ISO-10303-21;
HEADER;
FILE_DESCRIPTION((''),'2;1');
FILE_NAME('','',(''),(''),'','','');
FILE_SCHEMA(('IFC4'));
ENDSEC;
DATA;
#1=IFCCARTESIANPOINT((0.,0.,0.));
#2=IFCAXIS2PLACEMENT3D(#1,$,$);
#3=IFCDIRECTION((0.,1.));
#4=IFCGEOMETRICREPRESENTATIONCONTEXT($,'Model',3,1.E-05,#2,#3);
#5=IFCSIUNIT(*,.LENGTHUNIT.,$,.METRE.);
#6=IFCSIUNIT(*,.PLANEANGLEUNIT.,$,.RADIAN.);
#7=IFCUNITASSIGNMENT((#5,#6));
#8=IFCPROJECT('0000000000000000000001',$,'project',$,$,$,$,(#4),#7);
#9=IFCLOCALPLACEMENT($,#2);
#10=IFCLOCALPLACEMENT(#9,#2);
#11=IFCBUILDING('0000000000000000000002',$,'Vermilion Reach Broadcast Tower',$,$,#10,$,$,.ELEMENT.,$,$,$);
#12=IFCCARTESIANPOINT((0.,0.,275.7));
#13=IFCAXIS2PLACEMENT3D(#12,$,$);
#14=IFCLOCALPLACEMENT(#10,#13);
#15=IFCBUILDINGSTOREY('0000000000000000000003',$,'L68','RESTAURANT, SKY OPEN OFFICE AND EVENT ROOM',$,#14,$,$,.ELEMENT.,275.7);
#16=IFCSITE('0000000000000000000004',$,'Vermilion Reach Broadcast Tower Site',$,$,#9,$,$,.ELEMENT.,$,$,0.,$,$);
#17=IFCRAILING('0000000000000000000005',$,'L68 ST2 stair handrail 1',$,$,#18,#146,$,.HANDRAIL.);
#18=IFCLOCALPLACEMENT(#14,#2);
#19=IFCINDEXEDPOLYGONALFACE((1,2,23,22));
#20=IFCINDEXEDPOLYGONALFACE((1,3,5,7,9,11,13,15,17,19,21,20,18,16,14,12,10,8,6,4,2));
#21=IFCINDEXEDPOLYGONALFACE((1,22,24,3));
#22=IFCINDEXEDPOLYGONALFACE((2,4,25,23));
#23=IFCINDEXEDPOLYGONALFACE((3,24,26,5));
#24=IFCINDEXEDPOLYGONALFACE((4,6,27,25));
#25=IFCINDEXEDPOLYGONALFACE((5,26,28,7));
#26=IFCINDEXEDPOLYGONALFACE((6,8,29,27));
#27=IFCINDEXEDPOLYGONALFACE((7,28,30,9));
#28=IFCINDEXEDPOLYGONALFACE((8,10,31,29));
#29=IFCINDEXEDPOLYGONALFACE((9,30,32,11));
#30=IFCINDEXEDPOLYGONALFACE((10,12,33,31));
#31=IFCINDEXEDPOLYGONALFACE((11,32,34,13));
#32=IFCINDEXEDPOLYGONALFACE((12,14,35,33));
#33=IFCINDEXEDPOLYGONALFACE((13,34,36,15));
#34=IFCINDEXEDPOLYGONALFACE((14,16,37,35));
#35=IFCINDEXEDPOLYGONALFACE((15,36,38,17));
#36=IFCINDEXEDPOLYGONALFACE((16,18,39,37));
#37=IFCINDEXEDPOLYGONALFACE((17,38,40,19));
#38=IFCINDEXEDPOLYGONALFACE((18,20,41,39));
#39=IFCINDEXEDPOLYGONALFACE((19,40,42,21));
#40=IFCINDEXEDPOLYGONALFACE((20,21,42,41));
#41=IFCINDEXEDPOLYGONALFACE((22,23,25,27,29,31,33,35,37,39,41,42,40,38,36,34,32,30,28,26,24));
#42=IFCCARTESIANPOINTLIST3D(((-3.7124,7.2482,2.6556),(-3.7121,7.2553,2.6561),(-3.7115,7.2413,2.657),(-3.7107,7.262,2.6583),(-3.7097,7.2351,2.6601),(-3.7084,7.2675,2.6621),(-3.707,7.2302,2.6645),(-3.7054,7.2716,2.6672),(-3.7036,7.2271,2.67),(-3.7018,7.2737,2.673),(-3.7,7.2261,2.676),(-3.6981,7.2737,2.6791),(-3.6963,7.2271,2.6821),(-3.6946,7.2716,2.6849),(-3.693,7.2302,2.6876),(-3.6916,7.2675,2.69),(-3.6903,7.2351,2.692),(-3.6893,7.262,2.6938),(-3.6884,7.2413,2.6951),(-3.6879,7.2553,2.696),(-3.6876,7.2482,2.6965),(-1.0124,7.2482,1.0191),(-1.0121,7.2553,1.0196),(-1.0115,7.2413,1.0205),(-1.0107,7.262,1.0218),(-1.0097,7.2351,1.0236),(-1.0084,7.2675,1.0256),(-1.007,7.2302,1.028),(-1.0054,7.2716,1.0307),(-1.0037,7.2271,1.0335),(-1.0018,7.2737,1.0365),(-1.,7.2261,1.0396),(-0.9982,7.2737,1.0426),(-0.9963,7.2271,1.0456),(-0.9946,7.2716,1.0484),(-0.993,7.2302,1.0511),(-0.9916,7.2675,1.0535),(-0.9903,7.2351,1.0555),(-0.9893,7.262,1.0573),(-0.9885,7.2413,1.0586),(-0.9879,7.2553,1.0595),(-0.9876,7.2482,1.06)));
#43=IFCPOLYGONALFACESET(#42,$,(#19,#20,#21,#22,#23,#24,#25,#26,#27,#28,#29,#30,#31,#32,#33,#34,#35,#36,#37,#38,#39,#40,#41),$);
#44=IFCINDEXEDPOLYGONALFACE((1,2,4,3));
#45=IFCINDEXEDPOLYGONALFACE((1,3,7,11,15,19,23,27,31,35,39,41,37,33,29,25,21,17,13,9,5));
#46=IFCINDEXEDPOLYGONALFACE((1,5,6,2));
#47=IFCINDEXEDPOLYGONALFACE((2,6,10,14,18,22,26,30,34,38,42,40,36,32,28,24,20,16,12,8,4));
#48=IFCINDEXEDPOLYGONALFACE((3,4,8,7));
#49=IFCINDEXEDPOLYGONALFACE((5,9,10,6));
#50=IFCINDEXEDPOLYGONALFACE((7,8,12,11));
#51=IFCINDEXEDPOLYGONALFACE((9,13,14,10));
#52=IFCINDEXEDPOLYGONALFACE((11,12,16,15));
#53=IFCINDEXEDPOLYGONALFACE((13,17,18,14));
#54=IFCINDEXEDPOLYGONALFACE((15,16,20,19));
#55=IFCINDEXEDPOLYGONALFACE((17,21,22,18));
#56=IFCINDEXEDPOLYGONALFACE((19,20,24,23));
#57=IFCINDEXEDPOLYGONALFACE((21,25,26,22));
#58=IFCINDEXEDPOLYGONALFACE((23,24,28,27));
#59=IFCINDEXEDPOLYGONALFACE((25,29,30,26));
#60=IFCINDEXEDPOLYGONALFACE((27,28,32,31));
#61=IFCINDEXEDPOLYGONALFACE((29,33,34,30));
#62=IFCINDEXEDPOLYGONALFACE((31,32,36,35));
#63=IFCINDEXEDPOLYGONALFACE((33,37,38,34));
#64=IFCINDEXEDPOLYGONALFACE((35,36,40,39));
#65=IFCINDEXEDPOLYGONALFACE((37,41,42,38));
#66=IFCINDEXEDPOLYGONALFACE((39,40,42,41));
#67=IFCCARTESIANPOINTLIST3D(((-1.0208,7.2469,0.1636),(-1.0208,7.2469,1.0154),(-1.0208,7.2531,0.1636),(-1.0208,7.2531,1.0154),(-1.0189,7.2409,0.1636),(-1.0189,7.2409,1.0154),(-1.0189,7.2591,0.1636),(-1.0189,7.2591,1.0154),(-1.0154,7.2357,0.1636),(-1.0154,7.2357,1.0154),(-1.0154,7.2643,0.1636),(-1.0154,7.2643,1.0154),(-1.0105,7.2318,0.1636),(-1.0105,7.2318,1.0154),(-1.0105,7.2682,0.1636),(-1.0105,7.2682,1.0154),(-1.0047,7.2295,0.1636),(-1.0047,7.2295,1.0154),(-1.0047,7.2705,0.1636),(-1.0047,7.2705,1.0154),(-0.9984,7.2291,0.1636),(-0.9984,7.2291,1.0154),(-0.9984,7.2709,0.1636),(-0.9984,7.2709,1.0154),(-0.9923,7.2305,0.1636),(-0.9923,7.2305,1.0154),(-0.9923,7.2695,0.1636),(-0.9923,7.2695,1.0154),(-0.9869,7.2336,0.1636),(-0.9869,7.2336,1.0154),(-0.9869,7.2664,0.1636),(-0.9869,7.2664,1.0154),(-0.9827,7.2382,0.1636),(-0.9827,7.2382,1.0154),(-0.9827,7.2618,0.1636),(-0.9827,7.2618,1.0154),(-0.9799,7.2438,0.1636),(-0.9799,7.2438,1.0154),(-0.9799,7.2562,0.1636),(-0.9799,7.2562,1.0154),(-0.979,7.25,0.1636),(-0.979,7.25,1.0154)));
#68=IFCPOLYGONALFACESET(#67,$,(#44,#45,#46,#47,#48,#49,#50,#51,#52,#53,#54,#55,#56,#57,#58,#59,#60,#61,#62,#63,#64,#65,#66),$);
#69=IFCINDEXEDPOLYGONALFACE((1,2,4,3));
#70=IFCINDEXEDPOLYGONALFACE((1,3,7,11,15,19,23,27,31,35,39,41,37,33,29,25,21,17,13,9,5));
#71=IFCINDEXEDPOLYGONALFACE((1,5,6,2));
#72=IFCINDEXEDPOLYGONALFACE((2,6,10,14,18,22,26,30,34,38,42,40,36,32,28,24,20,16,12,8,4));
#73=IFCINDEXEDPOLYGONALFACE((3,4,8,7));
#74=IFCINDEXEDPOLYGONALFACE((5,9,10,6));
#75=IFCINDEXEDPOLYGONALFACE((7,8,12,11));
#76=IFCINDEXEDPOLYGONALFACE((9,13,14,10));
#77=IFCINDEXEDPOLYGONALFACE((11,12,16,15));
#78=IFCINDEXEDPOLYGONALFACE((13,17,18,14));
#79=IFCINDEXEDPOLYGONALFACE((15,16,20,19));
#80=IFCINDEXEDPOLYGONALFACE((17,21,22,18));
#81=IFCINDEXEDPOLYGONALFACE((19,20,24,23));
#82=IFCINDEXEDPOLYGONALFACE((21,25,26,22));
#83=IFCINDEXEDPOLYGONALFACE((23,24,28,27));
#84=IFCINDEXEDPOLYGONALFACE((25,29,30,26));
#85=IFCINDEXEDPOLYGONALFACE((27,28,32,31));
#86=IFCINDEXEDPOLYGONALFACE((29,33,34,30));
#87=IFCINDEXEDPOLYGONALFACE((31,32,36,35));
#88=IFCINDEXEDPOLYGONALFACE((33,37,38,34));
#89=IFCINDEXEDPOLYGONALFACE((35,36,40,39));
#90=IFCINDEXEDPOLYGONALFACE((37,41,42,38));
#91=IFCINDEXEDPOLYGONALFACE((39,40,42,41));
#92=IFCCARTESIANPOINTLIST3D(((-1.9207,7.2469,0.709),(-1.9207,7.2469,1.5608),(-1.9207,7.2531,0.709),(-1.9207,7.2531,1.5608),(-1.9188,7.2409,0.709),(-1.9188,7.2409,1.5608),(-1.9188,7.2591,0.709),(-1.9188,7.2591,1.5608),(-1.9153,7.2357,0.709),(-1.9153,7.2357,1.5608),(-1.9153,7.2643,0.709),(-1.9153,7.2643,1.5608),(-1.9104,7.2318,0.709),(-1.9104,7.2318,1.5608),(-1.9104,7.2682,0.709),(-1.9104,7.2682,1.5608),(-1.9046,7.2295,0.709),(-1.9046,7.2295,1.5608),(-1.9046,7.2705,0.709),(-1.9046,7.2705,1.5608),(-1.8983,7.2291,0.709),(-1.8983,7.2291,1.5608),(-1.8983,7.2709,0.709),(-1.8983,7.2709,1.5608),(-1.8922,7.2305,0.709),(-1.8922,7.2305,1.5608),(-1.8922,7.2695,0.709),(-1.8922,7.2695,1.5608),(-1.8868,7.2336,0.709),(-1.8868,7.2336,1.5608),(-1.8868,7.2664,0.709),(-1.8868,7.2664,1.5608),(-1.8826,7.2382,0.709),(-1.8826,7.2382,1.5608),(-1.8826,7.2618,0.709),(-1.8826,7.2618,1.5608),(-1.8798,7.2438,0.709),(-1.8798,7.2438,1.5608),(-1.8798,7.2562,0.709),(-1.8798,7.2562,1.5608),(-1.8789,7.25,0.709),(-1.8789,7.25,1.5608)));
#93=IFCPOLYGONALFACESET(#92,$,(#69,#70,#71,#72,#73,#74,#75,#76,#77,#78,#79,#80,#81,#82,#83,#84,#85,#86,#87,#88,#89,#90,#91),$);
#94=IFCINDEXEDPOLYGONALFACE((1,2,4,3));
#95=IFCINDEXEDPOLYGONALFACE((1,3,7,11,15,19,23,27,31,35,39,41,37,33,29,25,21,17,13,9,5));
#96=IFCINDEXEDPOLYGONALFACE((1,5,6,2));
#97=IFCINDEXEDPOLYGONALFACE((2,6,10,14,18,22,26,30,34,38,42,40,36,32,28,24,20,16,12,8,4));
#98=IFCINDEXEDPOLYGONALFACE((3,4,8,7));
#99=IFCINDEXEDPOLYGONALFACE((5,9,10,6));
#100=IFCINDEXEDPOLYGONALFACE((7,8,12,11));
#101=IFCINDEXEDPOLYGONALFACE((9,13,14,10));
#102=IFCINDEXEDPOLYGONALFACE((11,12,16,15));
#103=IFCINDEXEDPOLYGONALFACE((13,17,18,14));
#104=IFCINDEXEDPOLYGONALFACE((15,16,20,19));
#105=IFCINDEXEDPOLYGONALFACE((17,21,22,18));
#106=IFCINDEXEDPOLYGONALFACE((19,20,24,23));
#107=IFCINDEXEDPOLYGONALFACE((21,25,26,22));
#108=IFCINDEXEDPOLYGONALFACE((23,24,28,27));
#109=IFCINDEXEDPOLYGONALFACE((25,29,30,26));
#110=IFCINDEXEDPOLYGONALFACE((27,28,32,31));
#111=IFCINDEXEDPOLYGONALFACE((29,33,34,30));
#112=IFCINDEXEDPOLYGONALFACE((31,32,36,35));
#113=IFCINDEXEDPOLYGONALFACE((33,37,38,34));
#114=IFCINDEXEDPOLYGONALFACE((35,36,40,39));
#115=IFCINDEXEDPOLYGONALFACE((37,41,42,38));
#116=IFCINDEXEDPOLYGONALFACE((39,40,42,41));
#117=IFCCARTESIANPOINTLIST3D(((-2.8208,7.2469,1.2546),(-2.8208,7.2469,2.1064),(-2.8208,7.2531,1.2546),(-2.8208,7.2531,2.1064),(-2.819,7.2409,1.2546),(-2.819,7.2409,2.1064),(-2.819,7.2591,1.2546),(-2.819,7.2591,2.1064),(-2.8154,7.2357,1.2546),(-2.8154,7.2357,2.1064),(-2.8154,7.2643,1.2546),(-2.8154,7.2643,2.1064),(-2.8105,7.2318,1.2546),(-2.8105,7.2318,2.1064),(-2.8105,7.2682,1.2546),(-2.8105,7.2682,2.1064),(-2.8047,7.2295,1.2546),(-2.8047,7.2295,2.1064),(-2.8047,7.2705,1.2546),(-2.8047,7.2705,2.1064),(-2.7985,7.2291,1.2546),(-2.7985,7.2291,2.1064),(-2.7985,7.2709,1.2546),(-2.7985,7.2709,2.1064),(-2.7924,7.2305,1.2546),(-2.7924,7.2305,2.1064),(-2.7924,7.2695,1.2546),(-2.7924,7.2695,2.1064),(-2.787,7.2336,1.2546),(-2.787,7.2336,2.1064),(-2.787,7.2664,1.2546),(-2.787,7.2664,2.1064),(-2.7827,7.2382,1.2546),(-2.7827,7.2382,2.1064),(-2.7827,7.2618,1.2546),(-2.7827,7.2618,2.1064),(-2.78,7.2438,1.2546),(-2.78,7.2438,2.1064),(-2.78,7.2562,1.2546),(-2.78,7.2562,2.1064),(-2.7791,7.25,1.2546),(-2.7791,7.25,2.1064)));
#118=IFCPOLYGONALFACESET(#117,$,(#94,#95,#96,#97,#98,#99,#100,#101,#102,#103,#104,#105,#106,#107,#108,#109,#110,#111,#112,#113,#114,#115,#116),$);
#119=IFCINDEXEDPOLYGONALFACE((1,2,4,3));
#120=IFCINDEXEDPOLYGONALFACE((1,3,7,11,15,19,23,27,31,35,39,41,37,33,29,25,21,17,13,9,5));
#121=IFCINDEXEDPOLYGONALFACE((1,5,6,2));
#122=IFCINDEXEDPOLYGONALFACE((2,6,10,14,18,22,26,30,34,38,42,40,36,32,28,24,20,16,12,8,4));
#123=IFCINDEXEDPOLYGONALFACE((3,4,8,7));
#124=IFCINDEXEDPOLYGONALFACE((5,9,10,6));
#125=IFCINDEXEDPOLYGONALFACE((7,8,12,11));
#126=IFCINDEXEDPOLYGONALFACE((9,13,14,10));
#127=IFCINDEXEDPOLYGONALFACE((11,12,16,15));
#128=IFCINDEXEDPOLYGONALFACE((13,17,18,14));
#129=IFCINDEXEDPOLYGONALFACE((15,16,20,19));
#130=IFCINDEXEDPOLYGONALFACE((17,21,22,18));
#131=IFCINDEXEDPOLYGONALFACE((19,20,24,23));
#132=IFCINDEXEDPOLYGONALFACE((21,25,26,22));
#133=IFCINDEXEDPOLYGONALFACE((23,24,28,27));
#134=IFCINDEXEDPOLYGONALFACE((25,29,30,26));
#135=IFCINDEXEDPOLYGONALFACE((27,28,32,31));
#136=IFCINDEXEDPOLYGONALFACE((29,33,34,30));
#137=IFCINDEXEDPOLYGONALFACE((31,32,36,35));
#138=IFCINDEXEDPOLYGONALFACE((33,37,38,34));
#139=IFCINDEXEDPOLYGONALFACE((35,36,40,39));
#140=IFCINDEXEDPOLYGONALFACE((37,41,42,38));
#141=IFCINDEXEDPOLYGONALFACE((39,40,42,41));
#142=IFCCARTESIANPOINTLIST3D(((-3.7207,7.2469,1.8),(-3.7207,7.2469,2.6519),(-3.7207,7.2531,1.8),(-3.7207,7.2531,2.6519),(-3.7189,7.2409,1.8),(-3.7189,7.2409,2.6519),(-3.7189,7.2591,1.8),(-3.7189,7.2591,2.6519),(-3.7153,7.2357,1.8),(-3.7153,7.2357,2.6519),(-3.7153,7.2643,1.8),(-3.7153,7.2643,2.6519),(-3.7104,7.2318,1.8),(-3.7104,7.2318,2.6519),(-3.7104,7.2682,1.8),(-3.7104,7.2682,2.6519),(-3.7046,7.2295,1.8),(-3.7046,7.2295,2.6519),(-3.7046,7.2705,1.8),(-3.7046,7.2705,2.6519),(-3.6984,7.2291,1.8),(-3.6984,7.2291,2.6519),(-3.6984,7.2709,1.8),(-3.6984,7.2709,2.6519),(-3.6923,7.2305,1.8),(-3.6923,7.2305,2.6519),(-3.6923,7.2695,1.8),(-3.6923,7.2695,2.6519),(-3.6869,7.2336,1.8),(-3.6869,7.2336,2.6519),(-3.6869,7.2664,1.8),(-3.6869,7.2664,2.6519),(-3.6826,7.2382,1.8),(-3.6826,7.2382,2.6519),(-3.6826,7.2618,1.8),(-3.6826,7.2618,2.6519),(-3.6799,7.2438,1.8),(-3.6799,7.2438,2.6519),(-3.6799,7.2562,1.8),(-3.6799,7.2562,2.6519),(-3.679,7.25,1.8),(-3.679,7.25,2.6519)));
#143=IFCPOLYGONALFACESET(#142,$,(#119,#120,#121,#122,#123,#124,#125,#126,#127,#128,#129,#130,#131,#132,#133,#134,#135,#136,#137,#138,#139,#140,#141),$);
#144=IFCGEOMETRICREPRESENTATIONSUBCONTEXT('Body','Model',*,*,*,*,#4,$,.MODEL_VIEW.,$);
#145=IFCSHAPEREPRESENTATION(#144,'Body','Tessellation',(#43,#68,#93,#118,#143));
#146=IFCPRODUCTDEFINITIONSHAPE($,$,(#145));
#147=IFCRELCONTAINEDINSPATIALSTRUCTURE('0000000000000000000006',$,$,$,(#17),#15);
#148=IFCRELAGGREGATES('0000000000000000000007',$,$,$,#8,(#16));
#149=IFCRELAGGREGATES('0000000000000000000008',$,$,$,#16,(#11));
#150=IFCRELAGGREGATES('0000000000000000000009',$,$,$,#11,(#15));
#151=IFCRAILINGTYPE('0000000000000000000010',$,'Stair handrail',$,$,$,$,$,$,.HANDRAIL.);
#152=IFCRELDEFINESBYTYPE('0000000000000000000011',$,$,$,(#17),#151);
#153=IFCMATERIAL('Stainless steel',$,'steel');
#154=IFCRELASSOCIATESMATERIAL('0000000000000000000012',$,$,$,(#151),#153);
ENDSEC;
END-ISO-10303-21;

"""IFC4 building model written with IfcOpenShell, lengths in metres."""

from ifc_helpers import new_model, si_unit, direction, frame, origin, origin_2d, place, context, subcontext, project, spatial, circle, extrude, material, type_object, element, save


model = new_model("IFC4")

# Units and contexts
model_context = context("Model", 3, precision=1e-05, world=origin(), true_north=direction((0.0, 1.0)))
body_context = subcontext(model_context, "Body", "Model", "MODEL_VIEW")
ifc_project = project(units=[si_unit("LENGTHUNIT", "METRE"), si_unit("PLANEANGLEUNIT", "RADIAN")], contexts=[model_context])

# Site, building, storey
site_placement = place(None, origin())
site = spatial("IfcSite", under=ifc_project, at=site_placement, Name="Vermilion Reach Broadcast Tower Site", CompositionType="ELEMENT", RefElevation=0.0)
building_placement = place(site_placement, origin())
building = spatial("IfcBuilding", under=site, at=building_placement, Name="Vermilion Reach Broadcast Tower", CompositionType="ELEMENT")
storey_placement = place(building_placement, frame((0.0, 0.0, 275.7)))
storey = spatial("IfcBuildingStorey", under=building, at=storey_placement, Name="L68", Description="RESTAURANT, SKY OPEN OFFICE AND EVENT ROOM", CompositionType="ELEMENT", Elevation=275.7)

# Railing
ifc_material_1 = material(Name="Stainless steel", Category="steel")
railing_type_1 = type_object("IfcRailingType", Name="Stair handrail", PredefinedType="HANDRAIL", material=ifc_material_1)
railing_1_placement = place(storey_placement, frame((-1.0, 7.25, 0.1636)))
element("IfcRailing", 1, at=railing_1_placement, inside=storey, type_object=railing_type_1, Name="L68 ST2 stair handrail 1", PredefinedType="HANDRAIL", context=body_context, shape_type="SweptSolid", body=[
    extrude(circle(Radius=0.0239, at=origin_2d()), frame((0.0, 0.0, 0.876), z_axis=(-0.855178, 0.0, 0.518334), x_axis=(0.0, -1.0, 0.0)), (0.0, 0.0, 1.0), 3.1572),
    extrude(circle(Radius=0.021, at=origin_2d()), origin(), (0.0, 0.0, 1.0), 0.8518),
    extrude(circle(Radius=0.021, at=origin_2d()), frame((-0.8999, 0.0, 0.5454)), (0.0, 0.0, 1.0), 0.8518),
    extrude(circle(Radius=0.021, at=origin_2d()), frame((-1.8, 0.0, 1.0911)), (0.0, 0.0, 1.0), 0.8518),
    extrude(circle(Radius=0.021, at=origin_2d()), frame((-2.7, 0.0, 1.6365)), (0.0, 0.0, 1.0), 0.8518),
])

save(model, "model.ifc")
